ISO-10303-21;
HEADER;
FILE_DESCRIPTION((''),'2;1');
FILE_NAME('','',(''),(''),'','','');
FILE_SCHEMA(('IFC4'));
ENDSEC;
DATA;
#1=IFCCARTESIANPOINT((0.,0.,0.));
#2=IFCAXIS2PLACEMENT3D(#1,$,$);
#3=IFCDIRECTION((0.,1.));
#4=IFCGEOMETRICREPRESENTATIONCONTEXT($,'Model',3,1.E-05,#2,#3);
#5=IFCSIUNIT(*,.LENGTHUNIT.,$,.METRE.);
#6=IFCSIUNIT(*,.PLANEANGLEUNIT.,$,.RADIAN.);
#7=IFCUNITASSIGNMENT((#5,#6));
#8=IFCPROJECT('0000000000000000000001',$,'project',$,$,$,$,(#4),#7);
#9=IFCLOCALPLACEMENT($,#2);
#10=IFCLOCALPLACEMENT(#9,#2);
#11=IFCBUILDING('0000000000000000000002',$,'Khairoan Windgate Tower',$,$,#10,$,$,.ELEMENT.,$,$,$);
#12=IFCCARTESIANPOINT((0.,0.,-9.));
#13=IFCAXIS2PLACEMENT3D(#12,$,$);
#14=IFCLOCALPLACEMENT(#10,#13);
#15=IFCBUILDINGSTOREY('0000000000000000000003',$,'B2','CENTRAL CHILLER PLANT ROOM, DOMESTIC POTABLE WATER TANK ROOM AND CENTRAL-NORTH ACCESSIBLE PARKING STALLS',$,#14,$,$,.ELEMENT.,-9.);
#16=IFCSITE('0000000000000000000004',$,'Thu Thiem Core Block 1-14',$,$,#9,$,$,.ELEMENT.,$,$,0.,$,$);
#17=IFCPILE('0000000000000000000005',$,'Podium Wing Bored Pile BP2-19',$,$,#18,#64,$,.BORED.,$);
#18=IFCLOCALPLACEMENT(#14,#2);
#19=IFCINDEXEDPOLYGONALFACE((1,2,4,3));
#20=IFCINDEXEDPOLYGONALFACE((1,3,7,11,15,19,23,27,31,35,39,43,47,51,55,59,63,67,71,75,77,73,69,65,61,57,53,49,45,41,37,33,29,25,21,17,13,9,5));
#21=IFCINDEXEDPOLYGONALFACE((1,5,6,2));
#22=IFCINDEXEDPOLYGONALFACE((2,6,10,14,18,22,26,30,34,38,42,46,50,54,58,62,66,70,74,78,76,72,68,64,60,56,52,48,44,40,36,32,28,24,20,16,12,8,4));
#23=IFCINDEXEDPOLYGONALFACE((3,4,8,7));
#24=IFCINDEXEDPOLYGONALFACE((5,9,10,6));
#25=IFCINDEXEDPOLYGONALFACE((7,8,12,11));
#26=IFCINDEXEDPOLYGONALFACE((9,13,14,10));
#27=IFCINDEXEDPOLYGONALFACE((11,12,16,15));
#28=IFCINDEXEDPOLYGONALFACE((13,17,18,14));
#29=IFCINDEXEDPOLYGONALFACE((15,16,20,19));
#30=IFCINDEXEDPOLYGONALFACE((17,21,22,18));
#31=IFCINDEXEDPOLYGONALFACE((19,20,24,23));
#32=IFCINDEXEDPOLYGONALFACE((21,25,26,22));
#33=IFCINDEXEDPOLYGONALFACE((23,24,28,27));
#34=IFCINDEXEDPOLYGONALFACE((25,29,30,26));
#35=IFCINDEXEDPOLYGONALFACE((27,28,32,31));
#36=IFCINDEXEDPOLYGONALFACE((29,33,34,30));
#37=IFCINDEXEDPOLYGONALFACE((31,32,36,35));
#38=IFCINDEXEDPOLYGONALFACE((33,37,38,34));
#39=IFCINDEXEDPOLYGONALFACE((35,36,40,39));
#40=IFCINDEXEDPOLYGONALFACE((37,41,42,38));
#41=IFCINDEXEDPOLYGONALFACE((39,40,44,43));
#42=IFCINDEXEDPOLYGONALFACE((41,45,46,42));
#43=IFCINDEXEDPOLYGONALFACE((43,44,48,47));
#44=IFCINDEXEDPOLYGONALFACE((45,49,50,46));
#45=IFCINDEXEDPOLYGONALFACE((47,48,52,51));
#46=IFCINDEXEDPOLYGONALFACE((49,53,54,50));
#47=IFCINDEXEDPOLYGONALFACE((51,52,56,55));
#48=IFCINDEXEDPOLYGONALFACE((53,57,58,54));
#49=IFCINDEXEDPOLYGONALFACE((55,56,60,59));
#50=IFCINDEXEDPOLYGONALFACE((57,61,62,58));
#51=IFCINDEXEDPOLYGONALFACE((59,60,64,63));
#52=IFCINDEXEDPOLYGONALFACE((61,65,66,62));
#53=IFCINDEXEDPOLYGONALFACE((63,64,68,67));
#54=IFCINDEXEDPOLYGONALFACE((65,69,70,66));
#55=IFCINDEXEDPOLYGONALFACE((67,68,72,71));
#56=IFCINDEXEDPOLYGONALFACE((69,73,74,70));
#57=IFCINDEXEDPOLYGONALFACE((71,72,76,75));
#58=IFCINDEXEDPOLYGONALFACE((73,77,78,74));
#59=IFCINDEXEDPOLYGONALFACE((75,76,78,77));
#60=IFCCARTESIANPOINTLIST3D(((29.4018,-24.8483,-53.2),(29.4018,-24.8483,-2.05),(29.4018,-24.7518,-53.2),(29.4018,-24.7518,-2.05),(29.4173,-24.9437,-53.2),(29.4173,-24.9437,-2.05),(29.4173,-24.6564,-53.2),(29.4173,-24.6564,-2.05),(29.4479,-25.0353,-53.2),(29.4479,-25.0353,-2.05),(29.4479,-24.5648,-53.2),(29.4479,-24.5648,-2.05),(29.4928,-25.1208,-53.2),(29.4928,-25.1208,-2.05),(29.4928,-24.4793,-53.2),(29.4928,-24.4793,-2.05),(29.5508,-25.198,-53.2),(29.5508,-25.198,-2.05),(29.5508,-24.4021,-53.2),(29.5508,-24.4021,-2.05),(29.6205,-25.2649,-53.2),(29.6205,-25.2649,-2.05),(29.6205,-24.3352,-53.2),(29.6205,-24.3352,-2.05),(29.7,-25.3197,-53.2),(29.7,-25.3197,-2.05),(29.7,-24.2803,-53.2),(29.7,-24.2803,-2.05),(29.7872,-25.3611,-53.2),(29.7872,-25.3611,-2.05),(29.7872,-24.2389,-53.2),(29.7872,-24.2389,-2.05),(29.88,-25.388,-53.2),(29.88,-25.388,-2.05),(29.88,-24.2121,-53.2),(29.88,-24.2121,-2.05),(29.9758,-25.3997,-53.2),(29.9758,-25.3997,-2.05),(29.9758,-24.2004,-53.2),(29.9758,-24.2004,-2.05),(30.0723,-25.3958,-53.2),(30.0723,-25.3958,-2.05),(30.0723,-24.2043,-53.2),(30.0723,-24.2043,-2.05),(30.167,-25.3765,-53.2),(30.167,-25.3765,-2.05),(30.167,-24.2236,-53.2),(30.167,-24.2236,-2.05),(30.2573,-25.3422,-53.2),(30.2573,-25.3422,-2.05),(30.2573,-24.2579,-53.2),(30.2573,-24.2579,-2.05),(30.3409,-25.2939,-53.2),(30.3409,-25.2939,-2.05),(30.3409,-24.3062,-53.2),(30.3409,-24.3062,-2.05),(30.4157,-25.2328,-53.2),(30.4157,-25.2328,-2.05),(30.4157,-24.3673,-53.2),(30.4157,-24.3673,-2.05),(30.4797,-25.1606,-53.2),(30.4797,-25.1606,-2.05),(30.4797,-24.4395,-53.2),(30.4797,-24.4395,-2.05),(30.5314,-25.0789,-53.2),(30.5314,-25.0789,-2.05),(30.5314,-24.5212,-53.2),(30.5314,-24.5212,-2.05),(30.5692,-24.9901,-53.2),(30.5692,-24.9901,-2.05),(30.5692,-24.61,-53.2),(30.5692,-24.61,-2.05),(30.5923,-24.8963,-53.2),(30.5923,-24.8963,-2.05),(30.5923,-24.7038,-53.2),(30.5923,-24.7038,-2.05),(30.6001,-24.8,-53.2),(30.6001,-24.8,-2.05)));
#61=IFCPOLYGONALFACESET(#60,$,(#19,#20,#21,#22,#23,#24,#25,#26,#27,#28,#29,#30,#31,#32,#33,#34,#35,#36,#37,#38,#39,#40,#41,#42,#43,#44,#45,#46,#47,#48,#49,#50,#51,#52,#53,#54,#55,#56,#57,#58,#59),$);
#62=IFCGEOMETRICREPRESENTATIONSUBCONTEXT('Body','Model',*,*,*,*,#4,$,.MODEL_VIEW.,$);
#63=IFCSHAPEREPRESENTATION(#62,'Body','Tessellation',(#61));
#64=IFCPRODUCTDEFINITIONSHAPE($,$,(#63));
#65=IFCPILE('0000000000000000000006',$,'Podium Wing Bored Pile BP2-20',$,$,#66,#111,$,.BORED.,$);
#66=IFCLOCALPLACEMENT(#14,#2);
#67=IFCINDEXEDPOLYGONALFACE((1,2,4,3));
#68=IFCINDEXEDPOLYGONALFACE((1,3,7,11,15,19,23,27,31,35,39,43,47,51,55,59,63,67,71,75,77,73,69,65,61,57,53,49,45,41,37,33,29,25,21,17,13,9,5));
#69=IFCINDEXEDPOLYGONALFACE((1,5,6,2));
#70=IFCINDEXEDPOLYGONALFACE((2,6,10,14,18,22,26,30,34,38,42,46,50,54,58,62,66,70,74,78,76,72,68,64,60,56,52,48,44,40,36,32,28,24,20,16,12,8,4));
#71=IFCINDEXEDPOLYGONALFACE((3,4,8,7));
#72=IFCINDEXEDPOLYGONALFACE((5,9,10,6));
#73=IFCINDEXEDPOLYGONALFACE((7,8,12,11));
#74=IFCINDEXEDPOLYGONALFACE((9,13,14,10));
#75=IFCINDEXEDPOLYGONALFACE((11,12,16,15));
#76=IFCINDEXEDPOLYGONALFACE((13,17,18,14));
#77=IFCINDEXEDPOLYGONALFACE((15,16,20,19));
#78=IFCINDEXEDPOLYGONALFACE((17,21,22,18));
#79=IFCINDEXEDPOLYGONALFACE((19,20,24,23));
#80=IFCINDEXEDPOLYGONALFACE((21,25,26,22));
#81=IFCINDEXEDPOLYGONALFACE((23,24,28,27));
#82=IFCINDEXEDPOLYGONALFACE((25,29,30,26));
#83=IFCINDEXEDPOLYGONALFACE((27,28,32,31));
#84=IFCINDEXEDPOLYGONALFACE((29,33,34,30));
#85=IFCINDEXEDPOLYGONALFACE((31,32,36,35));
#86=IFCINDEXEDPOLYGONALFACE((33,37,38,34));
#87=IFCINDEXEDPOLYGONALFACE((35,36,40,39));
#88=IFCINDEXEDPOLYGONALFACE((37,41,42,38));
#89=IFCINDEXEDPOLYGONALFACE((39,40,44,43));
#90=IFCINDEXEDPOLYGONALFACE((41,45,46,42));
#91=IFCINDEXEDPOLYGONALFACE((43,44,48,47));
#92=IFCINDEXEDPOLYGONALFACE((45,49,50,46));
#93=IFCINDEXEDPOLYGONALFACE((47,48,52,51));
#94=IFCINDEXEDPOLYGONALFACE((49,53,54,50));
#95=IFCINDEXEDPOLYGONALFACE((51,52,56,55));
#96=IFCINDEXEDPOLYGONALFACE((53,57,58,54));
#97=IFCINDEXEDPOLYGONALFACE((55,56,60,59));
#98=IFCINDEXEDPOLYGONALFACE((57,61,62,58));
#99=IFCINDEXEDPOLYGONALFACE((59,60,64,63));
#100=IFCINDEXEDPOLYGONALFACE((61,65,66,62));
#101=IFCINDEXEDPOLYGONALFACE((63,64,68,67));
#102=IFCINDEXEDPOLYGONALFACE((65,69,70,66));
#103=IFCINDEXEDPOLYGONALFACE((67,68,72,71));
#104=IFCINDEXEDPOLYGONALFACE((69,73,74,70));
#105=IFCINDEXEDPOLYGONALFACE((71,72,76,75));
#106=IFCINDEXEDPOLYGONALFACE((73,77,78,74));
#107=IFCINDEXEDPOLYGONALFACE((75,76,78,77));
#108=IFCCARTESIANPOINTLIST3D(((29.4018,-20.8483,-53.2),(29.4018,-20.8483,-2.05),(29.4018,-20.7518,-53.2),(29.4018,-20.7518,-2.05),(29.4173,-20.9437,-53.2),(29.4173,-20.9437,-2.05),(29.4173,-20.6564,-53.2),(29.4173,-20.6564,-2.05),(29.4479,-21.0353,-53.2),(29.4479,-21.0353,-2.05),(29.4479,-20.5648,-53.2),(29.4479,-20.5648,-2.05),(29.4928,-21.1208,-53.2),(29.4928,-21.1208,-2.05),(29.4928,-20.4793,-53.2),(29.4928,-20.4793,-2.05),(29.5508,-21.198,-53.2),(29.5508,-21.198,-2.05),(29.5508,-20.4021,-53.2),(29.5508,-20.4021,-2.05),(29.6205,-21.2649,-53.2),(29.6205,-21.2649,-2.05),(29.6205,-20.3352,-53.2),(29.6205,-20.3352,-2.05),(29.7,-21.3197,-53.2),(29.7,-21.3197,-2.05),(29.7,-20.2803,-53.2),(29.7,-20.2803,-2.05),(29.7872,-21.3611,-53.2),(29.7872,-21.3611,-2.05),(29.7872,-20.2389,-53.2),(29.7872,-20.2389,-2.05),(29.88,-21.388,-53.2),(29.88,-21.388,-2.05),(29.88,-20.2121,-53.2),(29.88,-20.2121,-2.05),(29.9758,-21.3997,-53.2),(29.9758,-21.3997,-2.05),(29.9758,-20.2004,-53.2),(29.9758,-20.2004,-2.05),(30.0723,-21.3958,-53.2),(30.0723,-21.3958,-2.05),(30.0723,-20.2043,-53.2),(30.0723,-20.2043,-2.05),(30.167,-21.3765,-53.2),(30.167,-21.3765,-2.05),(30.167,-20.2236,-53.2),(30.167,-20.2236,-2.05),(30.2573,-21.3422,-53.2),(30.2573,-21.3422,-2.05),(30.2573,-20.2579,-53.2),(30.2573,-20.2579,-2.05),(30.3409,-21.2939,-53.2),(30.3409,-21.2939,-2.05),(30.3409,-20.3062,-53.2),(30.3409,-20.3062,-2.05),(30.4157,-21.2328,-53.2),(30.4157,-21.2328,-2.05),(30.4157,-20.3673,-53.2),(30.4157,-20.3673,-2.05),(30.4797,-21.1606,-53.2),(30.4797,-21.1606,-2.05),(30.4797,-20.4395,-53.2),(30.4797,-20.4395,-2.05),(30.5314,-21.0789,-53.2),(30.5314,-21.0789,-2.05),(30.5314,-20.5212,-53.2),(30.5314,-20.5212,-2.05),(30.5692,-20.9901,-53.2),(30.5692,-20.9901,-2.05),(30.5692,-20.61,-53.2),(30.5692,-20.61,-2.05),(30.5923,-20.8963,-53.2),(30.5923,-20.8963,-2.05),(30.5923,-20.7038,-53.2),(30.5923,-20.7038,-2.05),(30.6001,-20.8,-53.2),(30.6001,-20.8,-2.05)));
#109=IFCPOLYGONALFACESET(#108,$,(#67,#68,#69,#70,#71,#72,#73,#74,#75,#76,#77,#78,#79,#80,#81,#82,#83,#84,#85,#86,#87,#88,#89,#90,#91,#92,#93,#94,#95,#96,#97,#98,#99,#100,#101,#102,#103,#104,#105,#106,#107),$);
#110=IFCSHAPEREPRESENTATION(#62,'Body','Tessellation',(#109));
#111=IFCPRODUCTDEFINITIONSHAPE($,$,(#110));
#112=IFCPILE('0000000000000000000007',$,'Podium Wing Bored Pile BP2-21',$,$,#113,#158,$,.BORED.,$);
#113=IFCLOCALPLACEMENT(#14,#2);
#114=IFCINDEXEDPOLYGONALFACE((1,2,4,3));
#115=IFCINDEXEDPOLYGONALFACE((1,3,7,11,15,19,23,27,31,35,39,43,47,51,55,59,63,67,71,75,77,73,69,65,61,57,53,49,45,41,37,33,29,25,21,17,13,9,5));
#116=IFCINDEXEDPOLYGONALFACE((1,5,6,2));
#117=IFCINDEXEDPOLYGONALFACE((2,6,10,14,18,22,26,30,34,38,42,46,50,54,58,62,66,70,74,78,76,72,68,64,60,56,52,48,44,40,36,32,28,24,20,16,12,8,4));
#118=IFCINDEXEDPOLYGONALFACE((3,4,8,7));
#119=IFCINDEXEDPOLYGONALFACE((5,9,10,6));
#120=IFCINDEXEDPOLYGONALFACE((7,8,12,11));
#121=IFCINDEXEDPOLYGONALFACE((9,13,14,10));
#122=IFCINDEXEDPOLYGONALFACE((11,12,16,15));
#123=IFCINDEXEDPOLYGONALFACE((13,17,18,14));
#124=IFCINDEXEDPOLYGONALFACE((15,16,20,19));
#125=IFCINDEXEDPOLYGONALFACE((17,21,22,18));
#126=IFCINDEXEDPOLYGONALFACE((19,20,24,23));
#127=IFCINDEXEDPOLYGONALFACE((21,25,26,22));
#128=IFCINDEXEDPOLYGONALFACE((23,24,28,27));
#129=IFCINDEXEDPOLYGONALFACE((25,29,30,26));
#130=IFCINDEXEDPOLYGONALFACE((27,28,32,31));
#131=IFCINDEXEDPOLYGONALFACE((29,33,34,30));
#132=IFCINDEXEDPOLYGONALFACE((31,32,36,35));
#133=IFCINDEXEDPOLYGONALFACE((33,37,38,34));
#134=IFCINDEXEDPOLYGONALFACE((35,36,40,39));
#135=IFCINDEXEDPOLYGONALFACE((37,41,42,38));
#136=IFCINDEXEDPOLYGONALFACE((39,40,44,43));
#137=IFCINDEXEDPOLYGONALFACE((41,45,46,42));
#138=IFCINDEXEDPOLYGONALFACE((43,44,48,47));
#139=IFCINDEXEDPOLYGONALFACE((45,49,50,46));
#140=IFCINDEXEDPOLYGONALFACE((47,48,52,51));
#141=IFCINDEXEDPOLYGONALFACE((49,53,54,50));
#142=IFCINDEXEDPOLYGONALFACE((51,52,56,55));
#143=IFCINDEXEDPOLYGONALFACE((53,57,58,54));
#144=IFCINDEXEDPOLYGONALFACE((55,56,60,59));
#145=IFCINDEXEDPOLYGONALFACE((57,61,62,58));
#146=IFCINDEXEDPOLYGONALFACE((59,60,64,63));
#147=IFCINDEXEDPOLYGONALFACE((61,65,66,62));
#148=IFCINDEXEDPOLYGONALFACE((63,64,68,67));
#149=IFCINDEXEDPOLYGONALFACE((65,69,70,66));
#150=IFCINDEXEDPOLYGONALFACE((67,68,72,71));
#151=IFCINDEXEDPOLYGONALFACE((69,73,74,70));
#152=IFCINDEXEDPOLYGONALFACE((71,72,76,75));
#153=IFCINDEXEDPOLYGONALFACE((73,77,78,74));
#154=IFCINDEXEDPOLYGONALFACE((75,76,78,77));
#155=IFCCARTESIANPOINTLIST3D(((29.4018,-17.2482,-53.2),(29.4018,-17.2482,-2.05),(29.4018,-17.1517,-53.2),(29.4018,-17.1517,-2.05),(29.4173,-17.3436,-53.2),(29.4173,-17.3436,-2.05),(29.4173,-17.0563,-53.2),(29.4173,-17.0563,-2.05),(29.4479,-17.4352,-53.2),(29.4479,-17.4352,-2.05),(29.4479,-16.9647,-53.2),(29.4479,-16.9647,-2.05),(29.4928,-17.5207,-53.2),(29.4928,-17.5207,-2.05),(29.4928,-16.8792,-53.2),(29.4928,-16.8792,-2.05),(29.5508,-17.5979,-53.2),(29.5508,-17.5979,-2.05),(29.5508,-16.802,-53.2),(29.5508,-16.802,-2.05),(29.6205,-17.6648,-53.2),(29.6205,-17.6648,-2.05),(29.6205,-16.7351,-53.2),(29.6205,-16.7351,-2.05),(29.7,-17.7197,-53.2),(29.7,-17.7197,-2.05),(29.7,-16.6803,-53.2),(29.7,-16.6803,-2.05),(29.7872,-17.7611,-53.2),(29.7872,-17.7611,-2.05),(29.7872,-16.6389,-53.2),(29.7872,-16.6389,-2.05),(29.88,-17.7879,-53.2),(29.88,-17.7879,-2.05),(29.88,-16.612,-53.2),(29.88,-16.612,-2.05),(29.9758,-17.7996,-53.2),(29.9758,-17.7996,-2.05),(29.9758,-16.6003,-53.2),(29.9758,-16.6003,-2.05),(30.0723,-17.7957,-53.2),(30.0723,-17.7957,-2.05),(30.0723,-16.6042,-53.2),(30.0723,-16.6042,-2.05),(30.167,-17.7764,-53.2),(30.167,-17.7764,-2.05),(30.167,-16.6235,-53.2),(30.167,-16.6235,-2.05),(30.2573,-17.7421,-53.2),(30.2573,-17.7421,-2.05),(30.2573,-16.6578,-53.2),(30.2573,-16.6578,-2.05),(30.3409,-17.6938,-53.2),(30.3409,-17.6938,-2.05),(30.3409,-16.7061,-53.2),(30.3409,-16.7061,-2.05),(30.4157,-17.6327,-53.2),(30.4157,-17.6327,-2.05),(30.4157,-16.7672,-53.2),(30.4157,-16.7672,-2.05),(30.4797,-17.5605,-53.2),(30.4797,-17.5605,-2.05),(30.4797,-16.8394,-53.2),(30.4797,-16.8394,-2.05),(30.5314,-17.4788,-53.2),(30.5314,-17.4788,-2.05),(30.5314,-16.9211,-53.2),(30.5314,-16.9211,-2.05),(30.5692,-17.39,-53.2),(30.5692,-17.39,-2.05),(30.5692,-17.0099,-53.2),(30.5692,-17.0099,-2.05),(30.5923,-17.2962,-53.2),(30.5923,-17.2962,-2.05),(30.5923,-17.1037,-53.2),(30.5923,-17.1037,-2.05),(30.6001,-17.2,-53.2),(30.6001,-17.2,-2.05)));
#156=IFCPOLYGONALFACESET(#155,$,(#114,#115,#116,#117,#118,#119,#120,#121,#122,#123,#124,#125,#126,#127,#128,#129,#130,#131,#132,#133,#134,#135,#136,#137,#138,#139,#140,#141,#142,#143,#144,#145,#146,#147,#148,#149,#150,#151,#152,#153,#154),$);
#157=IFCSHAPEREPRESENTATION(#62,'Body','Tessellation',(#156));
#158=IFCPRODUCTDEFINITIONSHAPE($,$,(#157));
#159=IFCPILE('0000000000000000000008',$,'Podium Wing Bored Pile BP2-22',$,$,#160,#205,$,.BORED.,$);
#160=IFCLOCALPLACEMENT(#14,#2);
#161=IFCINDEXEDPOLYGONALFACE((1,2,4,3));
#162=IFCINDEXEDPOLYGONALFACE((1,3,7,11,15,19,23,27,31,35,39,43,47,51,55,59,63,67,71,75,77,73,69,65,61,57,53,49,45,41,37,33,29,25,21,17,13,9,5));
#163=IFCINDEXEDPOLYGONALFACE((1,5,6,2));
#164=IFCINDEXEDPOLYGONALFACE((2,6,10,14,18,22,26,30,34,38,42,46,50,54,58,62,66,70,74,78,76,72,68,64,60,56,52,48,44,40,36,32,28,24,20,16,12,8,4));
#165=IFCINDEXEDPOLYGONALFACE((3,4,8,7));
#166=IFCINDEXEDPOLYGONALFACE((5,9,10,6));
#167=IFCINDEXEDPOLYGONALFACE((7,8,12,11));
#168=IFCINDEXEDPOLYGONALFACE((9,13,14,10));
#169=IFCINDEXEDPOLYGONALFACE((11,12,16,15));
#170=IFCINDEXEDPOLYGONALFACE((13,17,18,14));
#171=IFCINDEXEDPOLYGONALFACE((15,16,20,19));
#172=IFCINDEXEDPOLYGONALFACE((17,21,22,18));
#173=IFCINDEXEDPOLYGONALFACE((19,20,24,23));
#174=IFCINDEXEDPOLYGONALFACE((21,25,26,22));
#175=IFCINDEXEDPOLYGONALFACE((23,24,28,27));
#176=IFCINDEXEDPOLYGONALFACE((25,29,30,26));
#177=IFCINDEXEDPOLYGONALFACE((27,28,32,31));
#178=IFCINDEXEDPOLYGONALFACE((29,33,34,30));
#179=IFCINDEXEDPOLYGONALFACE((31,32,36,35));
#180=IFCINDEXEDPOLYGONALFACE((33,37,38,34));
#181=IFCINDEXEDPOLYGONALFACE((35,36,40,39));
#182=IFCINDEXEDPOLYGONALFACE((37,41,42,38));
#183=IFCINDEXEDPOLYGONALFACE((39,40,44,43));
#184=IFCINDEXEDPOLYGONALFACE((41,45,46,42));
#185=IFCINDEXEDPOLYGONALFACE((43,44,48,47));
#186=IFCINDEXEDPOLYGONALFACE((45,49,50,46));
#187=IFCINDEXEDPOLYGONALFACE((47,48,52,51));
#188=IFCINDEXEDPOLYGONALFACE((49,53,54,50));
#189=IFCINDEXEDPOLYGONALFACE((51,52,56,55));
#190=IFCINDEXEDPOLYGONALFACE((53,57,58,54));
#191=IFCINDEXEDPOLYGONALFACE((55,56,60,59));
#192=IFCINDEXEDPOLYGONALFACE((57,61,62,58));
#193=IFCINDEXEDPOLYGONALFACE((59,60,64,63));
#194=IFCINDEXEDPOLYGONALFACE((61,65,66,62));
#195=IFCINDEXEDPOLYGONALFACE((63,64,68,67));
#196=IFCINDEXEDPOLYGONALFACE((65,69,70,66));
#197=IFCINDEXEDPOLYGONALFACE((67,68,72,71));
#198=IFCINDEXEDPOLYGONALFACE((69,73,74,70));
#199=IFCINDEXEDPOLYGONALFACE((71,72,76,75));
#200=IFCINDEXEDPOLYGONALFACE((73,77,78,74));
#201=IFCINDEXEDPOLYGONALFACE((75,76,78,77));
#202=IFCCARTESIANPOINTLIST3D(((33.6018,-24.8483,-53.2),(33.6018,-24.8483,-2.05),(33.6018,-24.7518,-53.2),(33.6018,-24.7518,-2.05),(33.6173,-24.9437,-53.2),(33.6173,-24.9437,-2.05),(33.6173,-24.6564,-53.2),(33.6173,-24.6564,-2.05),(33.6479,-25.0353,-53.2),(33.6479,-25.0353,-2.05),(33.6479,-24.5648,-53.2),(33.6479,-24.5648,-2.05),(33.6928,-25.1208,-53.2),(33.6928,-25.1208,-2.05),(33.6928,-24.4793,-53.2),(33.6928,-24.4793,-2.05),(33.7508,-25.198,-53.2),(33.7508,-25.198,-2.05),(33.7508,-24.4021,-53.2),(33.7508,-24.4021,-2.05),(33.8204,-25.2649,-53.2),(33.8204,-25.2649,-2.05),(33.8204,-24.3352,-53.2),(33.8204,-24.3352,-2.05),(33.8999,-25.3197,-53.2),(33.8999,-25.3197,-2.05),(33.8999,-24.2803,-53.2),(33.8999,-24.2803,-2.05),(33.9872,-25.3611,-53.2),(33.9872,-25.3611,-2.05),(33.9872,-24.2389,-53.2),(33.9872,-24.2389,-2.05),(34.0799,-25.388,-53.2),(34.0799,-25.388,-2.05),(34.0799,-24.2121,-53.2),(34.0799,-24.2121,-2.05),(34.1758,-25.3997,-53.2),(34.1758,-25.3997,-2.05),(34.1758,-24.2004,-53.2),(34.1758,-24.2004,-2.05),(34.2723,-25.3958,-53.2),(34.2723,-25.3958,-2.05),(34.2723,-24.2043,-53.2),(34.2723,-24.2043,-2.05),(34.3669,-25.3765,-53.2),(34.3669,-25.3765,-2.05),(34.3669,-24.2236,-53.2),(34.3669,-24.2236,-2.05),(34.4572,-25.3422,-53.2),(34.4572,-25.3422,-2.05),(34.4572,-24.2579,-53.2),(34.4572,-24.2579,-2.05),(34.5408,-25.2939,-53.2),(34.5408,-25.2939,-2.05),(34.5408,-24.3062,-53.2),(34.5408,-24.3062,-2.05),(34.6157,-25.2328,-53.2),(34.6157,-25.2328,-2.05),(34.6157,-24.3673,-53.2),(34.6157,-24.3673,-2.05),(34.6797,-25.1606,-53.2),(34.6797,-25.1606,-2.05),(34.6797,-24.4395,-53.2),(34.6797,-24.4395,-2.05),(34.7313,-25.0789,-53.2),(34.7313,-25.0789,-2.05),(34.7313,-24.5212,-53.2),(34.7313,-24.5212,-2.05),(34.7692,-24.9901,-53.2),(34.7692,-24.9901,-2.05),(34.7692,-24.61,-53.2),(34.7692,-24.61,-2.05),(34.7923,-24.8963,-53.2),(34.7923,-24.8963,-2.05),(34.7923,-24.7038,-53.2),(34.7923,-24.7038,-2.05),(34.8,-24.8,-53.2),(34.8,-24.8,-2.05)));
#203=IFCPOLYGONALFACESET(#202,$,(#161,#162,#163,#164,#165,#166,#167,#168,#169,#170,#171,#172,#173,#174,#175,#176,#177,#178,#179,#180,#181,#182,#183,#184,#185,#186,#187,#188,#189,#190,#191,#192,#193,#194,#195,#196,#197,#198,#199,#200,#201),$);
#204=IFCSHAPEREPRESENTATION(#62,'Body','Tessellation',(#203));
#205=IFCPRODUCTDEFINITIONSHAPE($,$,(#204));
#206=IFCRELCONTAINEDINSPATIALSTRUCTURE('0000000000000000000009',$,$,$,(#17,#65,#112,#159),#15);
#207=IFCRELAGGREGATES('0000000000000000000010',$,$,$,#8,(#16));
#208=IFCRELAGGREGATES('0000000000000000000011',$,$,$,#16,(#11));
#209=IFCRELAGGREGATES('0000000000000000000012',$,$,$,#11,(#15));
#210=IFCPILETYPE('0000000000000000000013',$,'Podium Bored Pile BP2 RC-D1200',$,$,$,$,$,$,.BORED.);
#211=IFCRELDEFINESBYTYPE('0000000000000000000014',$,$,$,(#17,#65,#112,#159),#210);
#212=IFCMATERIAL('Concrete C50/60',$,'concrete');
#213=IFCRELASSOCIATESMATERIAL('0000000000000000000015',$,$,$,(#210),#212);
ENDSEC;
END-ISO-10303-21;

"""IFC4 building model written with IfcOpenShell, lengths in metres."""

from ifc_helpers import new_model, si_unit, direction, frame, origin, origin_2d, place, context, subcontext, project, spatial, circle, extrude, material, material_profile, profile_set, type_object, element, save


model = new_model("IFC4")

# Units and contexts
model_context = context("Model", 3, precision=1e-05, world=origin(), true_north=direction((0.0, 1.0)))
body_context = subcontext(model_context, "Body", "Model", "MODEL_VIEW")
ifc_project = project(units=[si_unit("LENGTHUNIT", "METRE"), si_unit("PLANEANGLEUNIT", "RADIAN")], contexts=[model_context])

# Site, building, storey
site_placement = place(None, origin())
site = spatial("IfcSite", under=ifc_project, at=site_placement, Name="Thu Thiem Core Block 1-14", CompositionType="ELEMENT", RefElevation=0.0)
building_placement = place(site_placement, origin())
building = spatial("IfcBuilding", under=site, at=building_placement, Name="Khairoan Windgate Tower", CompositionType="ELEMENT")
storey_placement = place(building_placement, frame((0.0, 0.0, -9.0)))
storey = spatial("IfcBuildingStorey", under=building, at=storey_placement, Name="B2", Description="CENTRAL CHILLER PLANT ROOM, DOMESTIC POTABLE WATER TANK ROOM AND CENTRAL-NORTH ACCESSIBLE PARKING STALLS", CompositionType="ELEMENT", Elevation=-9.0)

# Piles
ifc_material_1 = material(Name="Concrete C50/60", Category="concrete")
ifc_material_profile_1 = material_profile(ifc_material_1, circle(Radius=0.6001, at=origin_2d()))
ifc_profile_set_1 = profile_set([ifc_material_profile_1], Name="Concrete C50/60")
pile_type_1 = type_object("IfcPileType", Name="Podium Bored Pile BP2 RC-D1200", PredefinedType="BORED", material=ifc_profile_set_1)
for number, where, z_axis, x_axis, name in (
    (1, (30.0, -24.8, -2.05), (0.0, 0.0, -1.0), (1.0, 0.0, 0.0), "Podium Wing Bored Pile BP2-19"),
    (2, (30.0, -20.8, -2.05), (0.0, 0.0, -1.0), (1.0, 0.0, 0.0), "Podium Wing Bored Pile BP2-20"),
    (3, (30.0, -17.2, -2.05), (0.0, 0.0, -1.0), (1.0, 0.0, 0.0), "Podium Wing Bored Pile BP2-21"),
    (4, (34.2, -24.8, -2.05), (0.0, 0.0, -1.0), (1.0, 0.0, 0.0), "Podium Wing Bored Pile BP2-22"),
):
    element("IfcPile", number, at=place(storey_placement, frame(where, z_axis=z_axis, x_axis=x_axis)), inside=storey, type_object=pile_type_1, Name=name, PredefinedType="BORED", context=body_context, shape_type="SweptSolid", body=[
        extrude(circle(Radius=0.6001, at=origin_2d()), origin(), (0.0, 0.0, 1.0), 51.1499),
    ])

save(model, "model.ifc")
